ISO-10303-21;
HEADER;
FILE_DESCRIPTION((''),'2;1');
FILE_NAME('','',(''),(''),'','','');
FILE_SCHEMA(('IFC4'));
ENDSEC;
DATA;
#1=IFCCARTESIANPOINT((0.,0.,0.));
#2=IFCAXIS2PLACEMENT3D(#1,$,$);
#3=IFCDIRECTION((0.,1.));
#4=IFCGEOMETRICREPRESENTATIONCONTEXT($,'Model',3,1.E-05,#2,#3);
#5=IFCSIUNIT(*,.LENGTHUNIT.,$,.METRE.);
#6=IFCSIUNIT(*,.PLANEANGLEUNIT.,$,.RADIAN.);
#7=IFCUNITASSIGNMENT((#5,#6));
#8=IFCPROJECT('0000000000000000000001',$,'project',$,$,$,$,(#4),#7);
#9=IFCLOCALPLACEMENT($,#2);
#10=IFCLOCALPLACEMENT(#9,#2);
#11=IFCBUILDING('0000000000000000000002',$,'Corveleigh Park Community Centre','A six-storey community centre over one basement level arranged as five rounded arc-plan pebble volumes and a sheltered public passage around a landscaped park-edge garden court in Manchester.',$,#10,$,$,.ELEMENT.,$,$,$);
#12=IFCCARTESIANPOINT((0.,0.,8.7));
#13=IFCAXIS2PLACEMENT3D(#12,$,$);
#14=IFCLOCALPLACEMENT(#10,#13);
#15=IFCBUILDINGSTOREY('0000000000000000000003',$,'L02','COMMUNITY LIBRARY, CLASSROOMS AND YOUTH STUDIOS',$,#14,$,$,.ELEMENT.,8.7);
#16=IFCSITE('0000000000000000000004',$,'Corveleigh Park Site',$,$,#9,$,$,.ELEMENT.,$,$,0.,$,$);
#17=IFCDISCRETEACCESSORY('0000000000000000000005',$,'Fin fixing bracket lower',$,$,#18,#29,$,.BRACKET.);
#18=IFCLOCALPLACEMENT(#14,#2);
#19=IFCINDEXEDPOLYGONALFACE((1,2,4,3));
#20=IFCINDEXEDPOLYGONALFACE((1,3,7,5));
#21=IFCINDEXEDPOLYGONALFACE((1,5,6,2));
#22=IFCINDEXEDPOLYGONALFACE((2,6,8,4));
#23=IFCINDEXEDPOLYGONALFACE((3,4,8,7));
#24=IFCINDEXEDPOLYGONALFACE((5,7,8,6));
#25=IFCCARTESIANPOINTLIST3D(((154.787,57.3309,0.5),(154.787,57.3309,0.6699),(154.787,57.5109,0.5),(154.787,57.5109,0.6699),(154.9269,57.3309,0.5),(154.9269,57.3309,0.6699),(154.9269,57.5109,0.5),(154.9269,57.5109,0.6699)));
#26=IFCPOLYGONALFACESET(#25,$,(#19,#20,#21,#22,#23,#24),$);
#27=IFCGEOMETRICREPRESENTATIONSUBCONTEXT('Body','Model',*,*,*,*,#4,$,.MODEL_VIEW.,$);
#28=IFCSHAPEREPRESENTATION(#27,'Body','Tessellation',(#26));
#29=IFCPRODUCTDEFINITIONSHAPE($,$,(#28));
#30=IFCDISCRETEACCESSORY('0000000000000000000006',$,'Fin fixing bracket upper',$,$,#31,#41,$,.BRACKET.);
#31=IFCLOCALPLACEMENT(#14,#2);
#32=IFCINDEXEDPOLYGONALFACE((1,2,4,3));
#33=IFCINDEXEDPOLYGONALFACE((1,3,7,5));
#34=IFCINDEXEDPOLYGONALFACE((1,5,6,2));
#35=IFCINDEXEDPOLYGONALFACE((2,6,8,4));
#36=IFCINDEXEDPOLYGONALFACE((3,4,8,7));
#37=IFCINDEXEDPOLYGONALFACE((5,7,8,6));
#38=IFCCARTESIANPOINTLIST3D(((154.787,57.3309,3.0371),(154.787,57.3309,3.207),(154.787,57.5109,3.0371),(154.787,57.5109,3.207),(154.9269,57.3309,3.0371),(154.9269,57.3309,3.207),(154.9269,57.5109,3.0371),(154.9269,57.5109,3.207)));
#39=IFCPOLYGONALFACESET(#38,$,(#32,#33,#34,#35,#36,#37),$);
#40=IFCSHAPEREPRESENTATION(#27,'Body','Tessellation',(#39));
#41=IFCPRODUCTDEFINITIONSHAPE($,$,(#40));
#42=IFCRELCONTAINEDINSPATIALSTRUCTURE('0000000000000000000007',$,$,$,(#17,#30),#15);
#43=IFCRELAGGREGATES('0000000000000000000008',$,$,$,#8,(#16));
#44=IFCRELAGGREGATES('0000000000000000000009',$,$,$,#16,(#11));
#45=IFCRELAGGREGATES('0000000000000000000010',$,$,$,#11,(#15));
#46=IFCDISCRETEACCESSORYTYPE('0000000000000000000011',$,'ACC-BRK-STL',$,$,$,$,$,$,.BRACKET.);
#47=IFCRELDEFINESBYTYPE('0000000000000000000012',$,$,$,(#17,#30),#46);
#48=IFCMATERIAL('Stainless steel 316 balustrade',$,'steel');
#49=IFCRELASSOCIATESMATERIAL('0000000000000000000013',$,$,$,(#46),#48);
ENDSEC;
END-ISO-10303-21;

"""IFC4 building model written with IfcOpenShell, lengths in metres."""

from ifc_helpers import new_model, si_unit, direction, frame, origin, origin_2d, place, context, subcontext, project, spatial, rectangle, extrude, material, type_object, element, save


model = new_model("IFC4")

# Units and contexts
model_context = context("Model", 3, precision=1e-05, world=origin(), true_north=direction((0.0, 1.0)))
body_context = subcontext(model_context, "Body", "Model", "MODEL_VIEW")
ifc_project = project(units=[si_unit("LENGTHUNIT", "METRE"), si_unit("PLANEANGLEUNIT", "RADIAN")], contexts=[model_context])

# Site, building, storey
site_placement = place(None, origin())
site = spatial("IfcSite", under=ifc_project, at=site_placement, Name="Corveleigh Park Site", CompositionType="ELEMENT", RefElevation=0.0)
building_placement = place(site_placement, origin())
building = spatial("IfcBuilding", under=site, at=building_placement, Name="Corveleigh Park Community Centre", Description="A six-storey community centre over one basement level arranged as five rounded arc-plan pebble volumes and a sheltered public passage around a landscaped park-edge garden court in Manchester.", CompositionType="ELEMENT")
storey_placement = place(building_placement, frame((0.0, 0.0, 8.7)))
storey = spatial("IfcBuildingStorey", under=building, at=storey_placement, Name="L02", Description="COMMUNITY LIBRARY, CLASSROOMS AND YOUTH STUDIOS", CompositionType="ELEMENT", Elevation=8.7)

# Shared definitions
ifc_material_1 = material(Name="Stainless steel 316 balustrade", Category="steel")

# Discrete accessories
discrete_accessory_type = type_object("IfcDiscreteAccessoryType", Name="ACC-BRK-STL", PredefinedType="BRACKET", material=ifc_material_1)
for number, where, z_axis, x_axis, name in (
    (1, (154.8569, 57.4209, 0.5), (0.0, 0.0, 1.0), (0.0, -1.0, 0.0), "Fin fixing bracket lower"),
    (2, (154.8569, 57.4209, 3.0371), (0.0, 0.0, 1.0), (0.0, -1.0, 0.0), "Fin fixing bracket upper"),
):
    element("IfcDiscreteAccessory", number, at=place(storey_placement, frame(where, z_axis=z_axis, x_axis=x_axis)), inside=storey, type_object=discrete_accessory_type, Name=name, PredefinedType="BRACKET", context=body_context, shape_type="SweptSolid", body=[
        extrude(rectangle(XDim=0.1799, YDim=0.1399, at=origin_2d()), origin(), (0.0, 0.0, 1.0), 0.1699),
    ])

save(model, "model.ifc")
